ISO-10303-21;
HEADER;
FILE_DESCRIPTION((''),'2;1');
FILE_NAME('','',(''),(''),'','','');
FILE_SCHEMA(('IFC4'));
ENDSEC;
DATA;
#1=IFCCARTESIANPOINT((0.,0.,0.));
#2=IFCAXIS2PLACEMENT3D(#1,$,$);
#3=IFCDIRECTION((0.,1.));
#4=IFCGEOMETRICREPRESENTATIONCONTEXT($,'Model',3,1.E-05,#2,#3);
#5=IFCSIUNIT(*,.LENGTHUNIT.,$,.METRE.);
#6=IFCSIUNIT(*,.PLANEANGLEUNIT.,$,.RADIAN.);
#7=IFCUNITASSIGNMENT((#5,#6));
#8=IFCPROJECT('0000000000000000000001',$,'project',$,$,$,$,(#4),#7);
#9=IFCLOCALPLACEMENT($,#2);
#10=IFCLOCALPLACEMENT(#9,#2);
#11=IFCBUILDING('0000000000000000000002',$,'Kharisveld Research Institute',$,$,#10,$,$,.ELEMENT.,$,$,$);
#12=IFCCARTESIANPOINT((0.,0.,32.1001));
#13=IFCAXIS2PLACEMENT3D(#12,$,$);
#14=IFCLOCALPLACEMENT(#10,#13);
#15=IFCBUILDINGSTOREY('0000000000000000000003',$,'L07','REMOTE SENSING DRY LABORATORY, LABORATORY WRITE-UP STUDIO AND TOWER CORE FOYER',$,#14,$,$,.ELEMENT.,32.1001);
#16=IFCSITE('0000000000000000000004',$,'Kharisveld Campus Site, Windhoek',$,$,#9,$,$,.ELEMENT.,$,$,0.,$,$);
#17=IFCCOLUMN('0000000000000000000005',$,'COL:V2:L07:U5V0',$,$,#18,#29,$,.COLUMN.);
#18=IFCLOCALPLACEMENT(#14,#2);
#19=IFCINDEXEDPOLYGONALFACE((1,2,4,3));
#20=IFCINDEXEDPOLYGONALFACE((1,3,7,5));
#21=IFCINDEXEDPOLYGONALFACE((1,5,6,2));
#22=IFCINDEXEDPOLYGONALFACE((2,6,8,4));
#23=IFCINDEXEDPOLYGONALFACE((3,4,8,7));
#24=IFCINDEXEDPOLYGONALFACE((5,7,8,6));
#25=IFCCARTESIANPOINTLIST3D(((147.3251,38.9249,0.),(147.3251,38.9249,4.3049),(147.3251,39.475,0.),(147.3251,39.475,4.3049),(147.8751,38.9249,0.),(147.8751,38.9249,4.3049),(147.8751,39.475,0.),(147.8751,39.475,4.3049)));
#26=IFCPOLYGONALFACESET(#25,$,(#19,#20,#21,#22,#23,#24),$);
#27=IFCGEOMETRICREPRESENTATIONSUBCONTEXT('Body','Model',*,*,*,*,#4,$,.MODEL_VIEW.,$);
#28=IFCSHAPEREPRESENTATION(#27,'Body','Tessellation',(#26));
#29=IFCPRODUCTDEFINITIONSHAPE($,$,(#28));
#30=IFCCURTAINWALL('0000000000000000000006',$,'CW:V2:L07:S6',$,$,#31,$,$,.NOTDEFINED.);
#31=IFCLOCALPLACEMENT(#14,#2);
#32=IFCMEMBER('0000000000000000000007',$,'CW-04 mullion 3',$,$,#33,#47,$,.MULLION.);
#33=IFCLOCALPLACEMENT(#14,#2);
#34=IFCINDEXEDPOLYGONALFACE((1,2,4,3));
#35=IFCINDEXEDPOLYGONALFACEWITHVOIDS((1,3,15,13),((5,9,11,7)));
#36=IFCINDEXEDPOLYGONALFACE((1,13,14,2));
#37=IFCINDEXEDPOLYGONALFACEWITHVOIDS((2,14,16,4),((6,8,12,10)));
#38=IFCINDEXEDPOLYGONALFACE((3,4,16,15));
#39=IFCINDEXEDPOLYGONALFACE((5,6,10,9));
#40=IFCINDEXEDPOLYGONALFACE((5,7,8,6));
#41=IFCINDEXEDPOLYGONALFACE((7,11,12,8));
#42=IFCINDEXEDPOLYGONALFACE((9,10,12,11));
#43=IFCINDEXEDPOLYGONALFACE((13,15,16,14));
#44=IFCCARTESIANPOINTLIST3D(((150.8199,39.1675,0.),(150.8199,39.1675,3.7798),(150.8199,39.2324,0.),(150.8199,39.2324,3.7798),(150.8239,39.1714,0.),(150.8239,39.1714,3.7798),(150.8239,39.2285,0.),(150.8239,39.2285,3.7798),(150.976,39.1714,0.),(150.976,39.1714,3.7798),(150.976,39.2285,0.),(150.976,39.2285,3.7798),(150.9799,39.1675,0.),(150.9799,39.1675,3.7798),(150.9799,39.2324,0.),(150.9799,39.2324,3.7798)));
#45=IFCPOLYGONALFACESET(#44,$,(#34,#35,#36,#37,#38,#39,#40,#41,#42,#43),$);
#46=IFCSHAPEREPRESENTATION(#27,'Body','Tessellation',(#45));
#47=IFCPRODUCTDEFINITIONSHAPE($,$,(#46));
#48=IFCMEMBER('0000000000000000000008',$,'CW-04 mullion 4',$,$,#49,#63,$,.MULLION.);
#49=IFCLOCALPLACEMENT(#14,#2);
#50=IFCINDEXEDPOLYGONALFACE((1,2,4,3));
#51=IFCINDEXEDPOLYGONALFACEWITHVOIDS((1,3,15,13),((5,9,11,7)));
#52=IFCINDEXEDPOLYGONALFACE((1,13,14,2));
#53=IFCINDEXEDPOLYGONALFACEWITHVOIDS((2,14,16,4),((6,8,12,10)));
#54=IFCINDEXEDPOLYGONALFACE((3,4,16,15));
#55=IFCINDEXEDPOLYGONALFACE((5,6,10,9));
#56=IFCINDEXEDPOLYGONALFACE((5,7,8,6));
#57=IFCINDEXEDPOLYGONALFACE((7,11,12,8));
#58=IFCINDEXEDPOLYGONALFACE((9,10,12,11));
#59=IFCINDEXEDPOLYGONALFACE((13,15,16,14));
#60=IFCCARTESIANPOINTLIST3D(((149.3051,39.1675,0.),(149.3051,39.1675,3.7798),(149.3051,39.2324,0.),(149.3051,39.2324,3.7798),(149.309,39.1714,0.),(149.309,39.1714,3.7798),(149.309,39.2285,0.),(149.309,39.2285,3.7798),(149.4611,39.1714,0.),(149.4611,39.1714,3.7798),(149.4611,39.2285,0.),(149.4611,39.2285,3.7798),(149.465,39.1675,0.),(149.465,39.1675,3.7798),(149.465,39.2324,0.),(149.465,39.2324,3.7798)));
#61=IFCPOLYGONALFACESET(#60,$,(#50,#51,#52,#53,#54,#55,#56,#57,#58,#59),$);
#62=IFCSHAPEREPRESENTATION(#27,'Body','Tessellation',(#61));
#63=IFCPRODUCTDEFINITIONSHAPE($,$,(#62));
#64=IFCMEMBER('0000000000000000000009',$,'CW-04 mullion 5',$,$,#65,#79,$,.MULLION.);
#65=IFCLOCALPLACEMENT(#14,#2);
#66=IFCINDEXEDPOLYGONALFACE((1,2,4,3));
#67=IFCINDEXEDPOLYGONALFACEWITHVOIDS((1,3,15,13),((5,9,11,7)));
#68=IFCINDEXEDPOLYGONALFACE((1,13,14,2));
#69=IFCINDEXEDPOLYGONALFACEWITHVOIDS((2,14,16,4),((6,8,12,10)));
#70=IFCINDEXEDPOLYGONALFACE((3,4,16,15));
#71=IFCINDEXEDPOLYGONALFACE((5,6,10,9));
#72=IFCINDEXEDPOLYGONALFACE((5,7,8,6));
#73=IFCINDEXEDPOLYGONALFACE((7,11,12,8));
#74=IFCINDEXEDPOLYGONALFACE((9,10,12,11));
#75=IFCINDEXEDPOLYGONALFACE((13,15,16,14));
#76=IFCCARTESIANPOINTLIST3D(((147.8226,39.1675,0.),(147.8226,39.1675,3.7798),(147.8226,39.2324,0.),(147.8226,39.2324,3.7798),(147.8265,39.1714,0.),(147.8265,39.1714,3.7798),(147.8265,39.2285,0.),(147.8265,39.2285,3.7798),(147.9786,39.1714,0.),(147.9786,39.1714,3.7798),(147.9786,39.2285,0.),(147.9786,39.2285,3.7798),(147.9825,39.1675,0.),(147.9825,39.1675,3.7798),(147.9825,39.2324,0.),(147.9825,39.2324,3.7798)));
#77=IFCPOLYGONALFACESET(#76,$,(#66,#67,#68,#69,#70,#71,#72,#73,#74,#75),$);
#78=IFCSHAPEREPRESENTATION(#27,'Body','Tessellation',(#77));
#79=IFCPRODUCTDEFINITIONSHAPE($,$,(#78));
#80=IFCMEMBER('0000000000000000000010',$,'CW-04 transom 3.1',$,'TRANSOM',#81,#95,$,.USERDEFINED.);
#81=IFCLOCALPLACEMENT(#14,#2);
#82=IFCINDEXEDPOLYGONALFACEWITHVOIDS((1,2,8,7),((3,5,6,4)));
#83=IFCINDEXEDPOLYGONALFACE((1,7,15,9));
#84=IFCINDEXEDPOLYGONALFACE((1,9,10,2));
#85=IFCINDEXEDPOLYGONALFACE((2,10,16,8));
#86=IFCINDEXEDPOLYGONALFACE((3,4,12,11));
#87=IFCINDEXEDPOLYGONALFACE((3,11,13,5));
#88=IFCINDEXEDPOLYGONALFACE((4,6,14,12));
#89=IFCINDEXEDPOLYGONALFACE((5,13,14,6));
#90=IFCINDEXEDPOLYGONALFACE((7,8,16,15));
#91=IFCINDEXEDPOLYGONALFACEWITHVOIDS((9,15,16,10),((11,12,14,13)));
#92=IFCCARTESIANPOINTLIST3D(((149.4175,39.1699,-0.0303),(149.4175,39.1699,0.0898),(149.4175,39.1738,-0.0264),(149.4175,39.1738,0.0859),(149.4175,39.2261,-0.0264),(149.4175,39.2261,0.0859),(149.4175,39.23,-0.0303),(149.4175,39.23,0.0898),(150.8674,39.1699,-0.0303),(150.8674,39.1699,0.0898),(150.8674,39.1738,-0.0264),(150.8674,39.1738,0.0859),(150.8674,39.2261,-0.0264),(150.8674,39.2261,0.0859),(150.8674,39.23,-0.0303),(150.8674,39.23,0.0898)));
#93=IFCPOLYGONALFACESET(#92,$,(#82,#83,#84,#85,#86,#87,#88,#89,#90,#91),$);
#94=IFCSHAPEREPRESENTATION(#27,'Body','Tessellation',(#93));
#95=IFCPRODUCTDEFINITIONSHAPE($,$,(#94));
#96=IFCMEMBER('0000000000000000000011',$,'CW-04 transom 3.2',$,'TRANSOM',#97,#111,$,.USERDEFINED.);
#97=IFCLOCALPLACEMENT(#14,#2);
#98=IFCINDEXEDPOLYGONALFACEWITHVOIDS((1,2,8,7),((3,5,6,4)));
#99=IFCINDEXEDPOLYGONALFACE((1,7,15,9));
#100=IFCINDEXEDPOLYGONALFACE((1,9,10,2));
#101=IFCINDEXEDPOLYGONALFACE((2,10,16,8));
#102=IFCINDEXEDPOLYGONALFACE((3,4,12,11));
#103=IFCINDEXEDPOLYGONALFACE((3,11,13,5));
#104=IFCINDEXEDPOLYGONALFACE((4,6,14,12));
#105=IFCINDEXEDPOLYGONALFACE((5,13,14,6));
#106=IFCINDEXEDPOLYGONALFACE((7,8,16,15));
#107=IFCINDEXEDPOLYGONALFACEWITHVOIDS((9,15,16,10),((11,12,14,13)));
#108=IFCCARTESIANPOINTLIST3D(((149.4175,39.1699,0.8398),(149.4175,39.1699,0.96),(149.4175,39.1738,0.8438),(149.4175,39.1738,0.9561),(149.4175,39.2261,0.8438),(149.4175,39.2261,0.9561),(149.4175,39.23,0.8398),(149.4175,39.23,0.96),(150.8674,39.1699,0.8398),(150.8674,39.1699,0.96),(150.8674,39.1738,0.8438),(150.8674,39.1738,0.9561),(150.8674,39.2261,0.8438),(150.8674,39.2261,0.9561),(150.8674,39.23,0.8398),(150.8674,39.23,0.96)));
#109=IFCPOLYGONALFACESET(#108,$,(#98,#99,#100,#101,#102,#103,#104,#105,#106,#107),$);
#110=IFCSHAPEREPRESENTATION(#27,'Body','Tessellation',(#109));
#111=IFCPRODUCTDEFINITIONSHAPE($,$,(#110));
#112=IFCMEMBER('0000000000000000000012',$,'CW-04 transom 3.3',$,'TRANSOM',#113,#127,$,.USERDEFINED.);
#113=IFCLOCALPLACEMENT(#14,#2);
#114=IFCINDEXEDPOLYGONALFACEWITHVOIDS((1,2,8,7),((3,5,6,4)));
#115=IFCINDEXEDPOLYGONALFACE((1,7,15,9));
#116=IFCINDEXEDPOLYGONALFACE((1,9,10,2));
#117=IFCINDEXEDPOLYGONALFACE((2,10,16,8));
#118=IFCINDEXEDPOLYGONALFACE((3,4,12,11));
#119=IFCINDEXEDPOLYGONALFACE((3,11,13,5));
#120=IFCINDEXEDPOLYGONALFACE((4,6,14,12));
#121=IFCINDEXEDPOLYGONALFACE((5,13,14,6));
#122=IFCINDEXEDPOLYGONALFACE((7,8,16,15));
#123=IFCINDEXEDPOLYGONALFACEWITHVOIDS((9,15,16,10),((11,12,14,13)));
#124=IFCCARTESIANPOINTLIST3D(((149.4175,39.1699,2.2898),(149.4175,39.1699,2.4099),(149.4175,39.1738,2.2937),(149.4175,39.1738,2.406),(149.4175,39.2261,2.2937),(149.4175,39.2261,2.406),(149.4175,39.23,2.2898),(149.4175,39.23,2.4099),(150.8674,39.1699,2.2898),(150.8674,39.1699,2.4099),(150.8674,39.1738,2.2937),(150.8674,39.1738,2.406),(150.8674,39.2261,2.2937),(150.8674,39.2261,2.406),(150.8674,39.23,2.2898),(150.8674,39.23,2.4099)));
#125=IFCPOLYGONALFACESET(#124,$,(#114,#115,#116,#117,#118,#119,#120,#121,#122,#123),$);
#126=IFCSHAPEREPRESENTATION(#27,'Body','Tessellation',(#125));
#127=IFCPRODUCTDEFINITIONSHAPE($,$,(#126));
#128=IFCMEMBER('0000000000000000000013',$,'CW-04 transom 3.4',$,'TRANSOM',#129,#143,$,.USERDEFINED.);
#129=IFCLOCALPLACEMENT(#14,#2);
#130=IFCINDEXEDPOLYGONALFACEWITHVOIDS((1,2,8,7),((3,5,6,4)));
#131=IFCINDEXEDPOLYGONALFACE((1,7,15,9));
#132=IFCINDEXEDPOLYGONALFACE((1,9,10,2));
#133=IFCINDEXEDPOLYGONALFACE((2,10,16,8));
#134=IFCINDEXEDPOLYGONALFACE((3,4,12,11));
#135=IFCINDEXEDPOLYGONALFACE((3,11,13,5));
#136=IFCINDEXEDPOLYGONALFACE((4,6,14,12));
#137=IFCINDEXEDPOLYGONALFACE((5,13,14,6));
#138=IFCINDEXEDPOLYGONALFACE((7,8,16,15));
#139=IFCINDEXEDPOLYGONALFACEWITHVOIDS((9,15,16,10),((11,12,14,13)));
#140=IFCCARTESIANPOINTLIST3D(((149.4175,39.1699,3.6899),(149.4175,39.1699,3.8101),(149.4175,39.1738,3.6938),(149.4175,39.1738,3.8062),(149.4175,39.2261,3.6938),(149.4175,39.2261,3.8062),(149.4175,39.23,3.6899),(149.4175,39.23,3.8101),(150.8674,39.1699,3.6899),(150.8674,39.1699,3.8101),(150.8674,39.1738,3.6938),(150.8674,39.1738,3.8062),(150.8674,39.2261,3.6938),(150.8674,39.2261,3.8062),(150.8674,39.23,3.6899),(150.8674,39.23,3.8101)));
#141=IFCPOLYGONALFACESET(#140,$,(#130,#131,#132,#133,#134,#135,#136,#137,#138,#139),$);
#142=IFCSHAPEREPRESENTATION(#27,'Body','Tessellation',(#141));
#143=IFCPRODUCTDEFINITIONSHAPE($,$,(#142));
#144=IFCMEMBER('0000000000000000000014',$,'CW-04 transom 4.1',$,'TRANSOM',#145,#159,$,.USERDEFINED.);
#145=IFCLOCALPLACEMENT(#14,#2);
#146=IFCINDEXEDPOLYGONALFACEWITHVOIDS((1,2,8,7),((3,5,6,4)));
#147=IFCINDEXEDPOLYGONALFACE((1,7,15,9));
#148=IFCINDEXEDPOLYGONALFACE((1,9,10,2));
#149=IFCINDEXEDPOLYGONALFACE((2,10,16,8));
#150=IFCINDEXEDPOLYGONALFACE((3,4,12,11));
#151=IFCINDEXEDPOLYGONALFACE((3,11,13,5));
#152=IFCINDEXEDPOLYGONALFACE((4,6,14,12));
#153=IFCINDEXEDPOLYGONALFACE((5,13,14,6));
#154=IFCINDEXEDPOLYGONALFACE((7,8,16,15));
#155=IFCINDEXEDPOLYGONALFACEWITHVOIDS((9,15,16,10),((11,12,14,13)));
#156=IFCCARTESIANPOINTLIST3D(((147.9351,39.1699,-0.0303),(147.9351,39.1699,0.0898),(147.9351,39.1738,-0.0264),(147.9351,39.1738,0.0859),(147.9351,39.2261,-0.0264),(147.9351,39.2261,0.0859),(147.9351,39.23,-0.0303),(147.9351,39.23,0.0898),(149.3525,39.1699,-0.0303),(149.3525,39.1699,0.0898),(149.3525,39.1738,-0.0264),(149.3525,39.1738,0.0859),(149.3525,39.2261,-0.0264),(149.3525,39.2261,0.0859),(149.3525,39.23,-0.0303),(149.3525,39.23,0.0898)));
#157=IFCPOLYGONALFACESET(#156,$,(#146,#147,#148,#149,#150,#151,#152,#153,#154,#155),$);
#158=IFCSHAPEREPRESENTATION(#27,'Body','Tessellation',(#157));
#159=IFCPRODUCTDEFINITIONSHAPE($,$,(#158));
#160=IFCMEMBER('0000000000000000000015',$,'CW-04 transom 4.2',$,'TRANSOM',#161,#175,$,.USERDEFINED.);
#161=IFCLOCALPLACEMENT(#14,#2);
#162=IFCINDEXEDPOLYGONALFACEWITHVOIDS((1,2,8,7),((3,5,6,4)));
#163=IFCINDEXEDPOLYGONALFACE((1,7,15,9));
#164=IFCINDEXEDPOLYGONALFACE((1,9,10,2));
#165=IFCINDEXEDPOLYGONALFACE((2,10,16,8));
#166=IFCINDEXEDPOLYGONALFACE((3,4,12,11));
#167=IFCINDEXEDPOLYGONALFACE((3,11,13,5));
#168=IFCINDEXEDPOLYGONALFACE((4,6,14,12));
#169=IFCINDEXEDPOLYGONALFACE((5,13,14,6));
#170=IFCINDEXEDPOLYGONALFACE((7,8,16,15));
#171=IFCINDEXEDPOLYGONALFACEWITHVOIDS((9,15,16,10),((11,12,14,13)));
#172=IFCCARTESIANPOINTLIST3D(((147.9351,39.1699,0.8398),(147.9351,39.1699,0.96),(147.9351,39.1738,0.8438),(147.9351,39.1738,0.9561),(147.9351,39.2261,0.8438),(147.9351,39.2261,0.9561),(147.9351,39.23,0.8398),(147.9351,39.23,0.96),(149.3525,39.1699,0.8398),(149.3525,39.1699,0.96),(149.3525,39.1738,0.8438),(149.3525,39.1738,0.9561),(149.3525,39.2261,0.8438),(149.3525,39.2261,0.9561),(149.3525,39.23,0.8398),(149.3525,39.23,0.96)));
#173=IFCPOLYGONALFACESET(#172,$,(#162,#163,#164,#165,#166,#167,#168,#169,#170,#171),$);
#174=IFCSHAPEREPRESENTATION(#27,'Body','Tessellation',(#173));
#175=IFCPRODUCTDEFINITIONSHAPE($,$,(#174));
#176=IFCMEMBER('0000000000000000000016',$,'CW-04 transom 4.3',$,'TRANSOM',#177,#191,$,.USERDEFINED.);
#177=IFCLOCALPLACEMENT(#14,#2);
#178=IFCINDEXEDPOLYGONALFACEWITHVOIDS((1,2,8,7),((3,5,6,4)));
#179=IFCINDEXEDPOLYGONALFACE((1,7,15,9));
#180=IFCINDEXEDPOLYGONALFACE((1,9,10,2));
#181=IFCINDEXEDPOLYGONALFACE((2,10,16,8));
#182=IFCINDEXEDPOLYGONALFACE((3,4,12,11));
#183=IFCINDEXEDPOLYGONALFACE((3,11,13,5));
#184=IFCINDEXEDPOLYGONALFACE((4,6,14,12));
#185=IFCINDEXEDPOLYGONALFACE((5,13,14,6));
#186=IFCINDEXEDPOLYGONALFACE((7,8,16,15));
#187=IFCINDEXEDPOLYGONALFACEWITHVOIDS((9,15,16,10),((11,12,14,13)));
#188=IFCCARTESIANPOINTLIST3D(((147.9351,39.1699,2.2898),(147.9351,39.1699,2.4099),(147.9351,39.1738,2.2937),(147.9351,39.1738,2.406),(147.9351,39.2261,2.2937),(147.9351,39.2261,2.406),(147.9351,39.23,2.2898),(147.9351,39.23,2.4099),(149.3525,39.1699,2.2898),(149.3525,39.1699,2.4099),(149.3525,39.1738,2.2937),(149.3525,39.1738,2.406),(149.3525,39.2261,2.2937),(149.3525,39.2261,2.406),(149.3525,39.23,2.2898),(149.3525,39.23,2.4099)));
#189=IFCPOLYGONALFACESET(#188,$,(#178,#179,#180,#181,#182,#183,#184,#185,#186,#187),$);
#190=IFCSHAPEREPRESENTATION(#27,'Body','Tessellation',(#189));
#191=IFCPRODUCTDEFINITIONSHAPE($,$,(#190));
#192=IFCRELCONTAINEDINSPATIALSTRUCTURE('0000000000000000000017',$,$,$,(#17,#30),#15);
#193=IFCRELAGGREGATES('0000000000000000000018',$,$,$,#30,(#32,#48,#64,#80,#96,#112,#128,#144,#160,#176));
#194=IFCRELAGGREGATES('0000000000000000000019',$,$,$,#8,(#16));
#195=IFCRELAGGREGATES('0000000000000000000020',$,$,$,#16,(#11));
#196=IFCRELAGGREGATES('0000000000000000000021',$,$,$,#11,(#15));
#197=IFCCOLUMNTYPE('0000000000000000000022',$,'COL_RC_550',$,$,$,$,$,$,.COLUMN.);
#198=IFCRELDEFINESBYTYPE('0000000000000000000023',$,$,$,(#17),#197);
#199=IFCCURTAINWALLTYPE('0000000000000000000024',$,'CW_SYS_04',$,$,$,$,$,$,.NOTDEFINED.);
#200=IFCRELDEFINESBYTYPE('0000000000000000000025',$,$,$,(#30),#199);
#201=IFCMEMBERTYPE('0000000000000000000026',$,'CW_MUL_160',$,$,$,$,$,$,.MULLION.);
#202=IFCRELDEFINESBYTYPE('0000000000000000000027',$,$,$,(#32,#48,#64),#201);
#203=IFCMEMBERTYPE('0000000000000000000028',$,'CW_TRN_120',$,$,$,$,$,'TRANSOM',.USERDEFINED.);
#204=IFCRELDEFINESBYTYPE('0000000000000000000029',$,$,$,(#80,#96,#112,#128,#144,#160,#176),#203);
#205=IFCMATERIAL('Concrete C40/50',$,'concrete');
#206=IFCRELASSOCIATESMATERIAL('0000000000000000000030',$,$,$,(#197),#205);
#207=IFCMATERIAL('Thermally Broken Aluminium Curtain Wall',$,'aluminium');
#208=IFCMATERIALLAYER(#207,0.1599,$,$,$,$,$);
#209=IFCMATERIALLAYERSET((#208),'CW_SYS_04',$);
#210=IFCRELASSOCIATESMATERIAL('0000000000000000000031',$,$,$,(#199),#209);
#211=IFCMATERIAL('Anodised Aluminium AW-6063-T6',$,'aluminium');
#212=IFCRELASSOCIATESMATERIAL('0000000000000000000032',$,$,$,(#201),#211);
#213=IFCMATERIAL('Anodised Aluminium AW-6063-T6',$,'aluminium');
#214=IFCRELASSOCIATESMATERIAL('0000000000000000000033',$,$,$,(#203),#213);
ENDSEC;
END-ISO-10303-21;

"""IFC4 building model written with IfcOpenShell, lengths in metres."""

from ifc_helpers import new_model, si_unit, direction, frame, origin, origin_2d, place, context, subcontext, project, spatial, rectangle, hollow_rectangle, extrude, material, layer, layer_set, material_profile, profile_set, type_object, element, aggregate, save


model = new_model("IFC4")

# Units and contexts
model_context = context("Model", 3, precision=1e-05, world=origin(), true_north=direction((0.0, 1.0)))
body_context = subcontext(model_context, "Body", "Model", "MODEL_VIEW")
ifc_project = project(units=[si_unit("LENGTHUNIT", "METRE"), si_unit("PLANEANGLEUNIT", "RADIAN")], contexts=[model_context])

# Site, building, storey
site_placement = place(None, origin())
site = spatial("IfcSite", under=ifc_project, at=site_placement, Name="Kharisveld Campus Site, Windhoek", CompositionType="ELEMENT", RefElevation=0.0)
building_placement = place(site_placement, origin())
building = spatial("IfcBuilding", under=site, at=building_placement, Name="Kharisveld Research Institute", CompositionType="ELEMENT")
storey_placement = place(building_placement, frame((0.0, 0.0, 32.1001)))
storey = spatial("IfcBuildingStorey", under=building, at=storey_placement, Name="L07", Description="REMOTE SENSING DRY LABORATORY, LABORATORY WRITE-UP STUDIO AND TOWER CORE FOYER", CompositionType="ELEMENT", Elevation=32.1001)

# Column
ifc_material_1 = material(Name="Concrete C40/50", Category="concrete")
ifc_material_profile_1 = material_profile(ifc_material_1, rectangle(XDim=0.55, YDim=0.55, at=origin_2d()))
ifc_profile_set_1 = profile_set([ifc_material_profile_1], Name="Concrete C40/50")
column_type = type_object("IfcColumnType", Name="COL_RC_550", PredefinedType="COLUMN", material=ifc_profile_set_1)
column_placement = place(storey_placement, frame((147.6001, 39.2, 0.0), z_axis=(0.0, 0.0, 1.0), x_axis=(1.0, 0.0, 0.0)))
element("IfcColumn", 1, at=column_placement, inside=storey, type_object=column_type, Name="COL:V2:L07:U5V0", PredefinedType="COLUMN", context=body_context, shape_type="SweptSolid", body=[
    extrude(rectangle(XDim=0.55, YDim=0.55, at=origin_2d()), origin(), (0.0, 0.0, 1.0), 4.3049),
])

# Curtain wall, members
ifc_material_2 = material(Name="Thermally Broken Aluminium Curtain Wall", Category="aluminium")
ifc_layer_1 = layer(ifc_material_2, 0.1599)
ifc_layer_set_1 = layer_set([ifc_layer_1], Name="CW_SYS_04")
curtain_wall_type = type_object("IfcCurtainWallType", Name="CW_SYS_04", PredefinedType="NOTDEFINED", material=ifc_layer_set_1)
curtain_wall_placement = place(storey_placement, origin())
curtain_wall = element("IfcCurtainWall", 2, at=curtain_wall_placement, inside=storey, type_object=curtain_wall_type, Name="CW:V2:L07:S6", PredefinedType="NOTDEFINED")
ifc_material_3 = material(Name="Anodised Aluminium AW-6063-T6", Category="aluminium")
ifc_material_profile_2 = material_profile(ifc_material_3, hollow_rectangle(XDim=0.0649, YDim=0.1599, WallThickness=0.0039, at=origin_2d()))
ifc_profile_set_2 = profile_set([ifc_material_profile_2], Name="Anodised Aluminium AW-6063-T6")
member_type_1 = type_object("IfcMemberType", Name="CW_MUL_160", PredefinedType="MULLION", material=ifc_profile_set_2)
member_1_placement = place(storey_placement, frame((150.8999, 39.2, 0.0), z_axis=(0.0, 0.0, 1.0), x_axis=(0.0, -1.0, 0.0)))
member_1 = element("IfcMember", 3, at=member_1_placement, type_object=member_type_1, Name="CW-04 mullion 3", PredefinedType="MULLION", context=body_context, shape_type="SweptSolid", body=[
    extrude(hollow_rectangle(XDim=0.0649, YDim=0.1599, WallThickness=0.0039, at=origin_2d()), origin(), (0.0, 0.0, 1.0), 3.7798),
])
member_2_placement = place(storey_placement, frame((149.385, 39.2, 0.0), z_axis=(0.0, 0.0, 1.0), x_axis=(0.0, -1.0, 0.0)))
member_2 = element("IfcMember", 4, at=member_2_placement, type_object=member_type_1, Name="CW-04 mullion 4", PredefinedType="MULLION", context=body_context, shape_type="SweptSolid", body=[
    extrude(hollow_rectangle(XDim=0.0649, YDim=0.1599, WallThickness=0.0039, at=origin_2d()), origin(), (0.0, 0.0, 1.0), 3.7798),
])
member_3_placement = place(storey_placement, frame((147.9026, 39.2, 0.0), z_axis=(0.0, 0.0, 1.0), x_axis=(0.0, -1.0, 0.0)))
member_3 = element("IfcMember", 5, at=member_3_placement, type_object=member_type_1, Name="CW-04 mullion 5", PredefinedType="MULLION", context=body_context, shape_type="SweptSolid", body=[
    extrude(hollow_rectangle(XDim=0.0649, YDim=0.1599, WallThickness=0.0039, at=origin_2d()), origin(), (0.0, 0.0, 1.0), 3.7798),
])
ifc_material_4 = material(Name="Anodised Aluminium AW-6063-T6", Category="aluminium")
ifc_material_profile_3 = material_profile(ifc_material_4, hollow_rectangle(XDim=0.0601, YDim=0.1201, WallThickness=0.0039, at=origin_2d()))
ifc_profile_set_3 = profile_set([ifc_material_profile_3], Name="Anodised Aluminium AW-6063-T6")
member_type_2 = type_object("IfcMemberType", Name="CW_TRN_120", ElementType="TRANSOM", PredefinedType="USERDEFINED", material=ifc_profile_set_3)
member_4_placement = place(storey_placement, frame((150.8674, 39.2, 0.0298), z_axis=(-1.0, 0.0, 0.0), x_axis=(0.0, -1.0, 0.0)))
member_4 = element("IfcMember", 6, at=member_4_placement, type_object=member_type_2, Name="CW-04 transom 3.1", ObjectType="TRANSOM", PredefinedType="USERDEFINED", context=body_context, shape_type="SweptSolid", body=[
    extrude(hollow_rectangle(XDim=0.0601, YDim=0.1201, WallThickness=0.0039, at=origin_2d()), origin(), (0.0, 0.0, 1.0), 1.45),
])
member_5_placement = place(storey_placement, frame((150.8674, 39.2, 0.8999), z_axis=(-1.0, 0.0, 0.0), x_axis=(0.0, -1.0, 0.0)))
member_5 = element("IfcMember", 7, at=member_5_placement, type_object=member_type_2, Name="CW-04 transom 3.2", ObjectType="TRANSOM", PredefinedType="USERDEFINED", context=body_context, shape_type="SweptSolid", body=[
    extrude(hollow_rectangle(XDim=0.0601, YDim=0.1201, WallThickness=0.0039, at=origin_2d()), origin(), (0.0, 0.0, 1.0), 1.45),
])
member_6_placement = place(storey_placement, frame((150.8674, 39.2, 2.3499), z_axis=(-1.0, 0.0, 0.0), x_axis=(0.0, -1.0, 0.0)))
member_6 = element("IfcMember", 8, at=member_6_placement, type_object=member_type_2, Name="CW-04 transom 3.3", ObjectType="TRANSOM", PredefinedType="USERDEFINED", context=body_context, shape_type="SweptSolid", body=[
    extrude(hollow_rectangle(XDim=0.0601, YDim=0.1201, WallThickness=0.0039, at=origin_2d()), origin(), (0.0, 0.0, 1.0), 1.45),
])
member_7_placement = place(storey_placement, frame((150.8674, 39.2, 3.75), z_axis=(-1.0, 0.0, 0.0), x_axis=(0.0, -1.0, 0.0)))
member_7 = element("IfcMember", 9, at=member_7_placement, type_object=member_type_2, Name="CW-04 transom 3.4", ObjectType="TRANSOM", PredefinedType="USERDEFINED", context=body_context, shape_type="SweptSolid", body=[
    extrude(hollow_rectangle(XDim=0.0601, YDim=0.1201, WallThickness=0.0039, at=origin_2d()), origin(), (0.0, 0.0, 1.0), 1.45),
])
member_8_placement = place(storey_placement, frame((149.3525, 39.2, 0.0298), z_axis=(-1.0, 0.0, 0.0), x_axis=(0.0, -1.0, 0.0)))
member_8 = element("IfcMember", 10, at=member_8_placement, type_object=member_type_2, Name="CW-04 transom 4.1", ObjectType="TRANSOM", PredefinedType="USERDEFINED", context=body_context, shape_type="SweptSolid", body=[
    extrude(hollow_rectangle(XDim=0.0601, YDim=0.1201, WallThickness=0.0039, at=origin_2d()), origin(), (0.0, 0.0, 1.0), 1.4175),
])
member_9_placement = place(storey_placement, frame((149.3525, 39.2, 0.8999), z_axis=(-1.0, 0.0, 0.0), x_axis=(0.0, -1.0, 0.0)))
member_9 = element("IfcMember", 11, at=member_9_placement, type_object=member_type_2, Name="CW-04 transom 4.2", ObjectType="TRANSOM", PredefinedType="USERDEFINED", context=body_context, shape_type="SweptSolid", body=[
    extrude(hollow_rectangle(XDim=0.0601, YDim=0.1201, WallThickness=0.0039, at=origin_2d()), origin(), (0.0, 0.0, 1.0), 1.4175),
])
member_10_placement = place(storey_placement, frame((149.3525, 39.2, 2.3499), z_axis=(-1.0, 0.0, 0.0), x_axis=(0.0, -1.0, 0.0)))
member_10 = element("IfcMember", 12, at=member_10_placement, type_object=member_type_2, Name="CW-04 transom 4.3", ObjectType="TRANSOM", PredefinedType="USERDEFINED", context=body_context, shape_type="SweptSolid", body=[
    extrude(hollow_rectangle(XDim=0.0601, YDim=0.1201, WallThickness=0.0039, at=origin_2d()), origin(), (0.0, 0.0, 1.0), 1.4175),
])

aggregate(curtain_wall, [member_1, member_2, member_3, member_4, member_5, member_6, member_7, member_8, member_9, member_10])

save(model, "model.ifc")
